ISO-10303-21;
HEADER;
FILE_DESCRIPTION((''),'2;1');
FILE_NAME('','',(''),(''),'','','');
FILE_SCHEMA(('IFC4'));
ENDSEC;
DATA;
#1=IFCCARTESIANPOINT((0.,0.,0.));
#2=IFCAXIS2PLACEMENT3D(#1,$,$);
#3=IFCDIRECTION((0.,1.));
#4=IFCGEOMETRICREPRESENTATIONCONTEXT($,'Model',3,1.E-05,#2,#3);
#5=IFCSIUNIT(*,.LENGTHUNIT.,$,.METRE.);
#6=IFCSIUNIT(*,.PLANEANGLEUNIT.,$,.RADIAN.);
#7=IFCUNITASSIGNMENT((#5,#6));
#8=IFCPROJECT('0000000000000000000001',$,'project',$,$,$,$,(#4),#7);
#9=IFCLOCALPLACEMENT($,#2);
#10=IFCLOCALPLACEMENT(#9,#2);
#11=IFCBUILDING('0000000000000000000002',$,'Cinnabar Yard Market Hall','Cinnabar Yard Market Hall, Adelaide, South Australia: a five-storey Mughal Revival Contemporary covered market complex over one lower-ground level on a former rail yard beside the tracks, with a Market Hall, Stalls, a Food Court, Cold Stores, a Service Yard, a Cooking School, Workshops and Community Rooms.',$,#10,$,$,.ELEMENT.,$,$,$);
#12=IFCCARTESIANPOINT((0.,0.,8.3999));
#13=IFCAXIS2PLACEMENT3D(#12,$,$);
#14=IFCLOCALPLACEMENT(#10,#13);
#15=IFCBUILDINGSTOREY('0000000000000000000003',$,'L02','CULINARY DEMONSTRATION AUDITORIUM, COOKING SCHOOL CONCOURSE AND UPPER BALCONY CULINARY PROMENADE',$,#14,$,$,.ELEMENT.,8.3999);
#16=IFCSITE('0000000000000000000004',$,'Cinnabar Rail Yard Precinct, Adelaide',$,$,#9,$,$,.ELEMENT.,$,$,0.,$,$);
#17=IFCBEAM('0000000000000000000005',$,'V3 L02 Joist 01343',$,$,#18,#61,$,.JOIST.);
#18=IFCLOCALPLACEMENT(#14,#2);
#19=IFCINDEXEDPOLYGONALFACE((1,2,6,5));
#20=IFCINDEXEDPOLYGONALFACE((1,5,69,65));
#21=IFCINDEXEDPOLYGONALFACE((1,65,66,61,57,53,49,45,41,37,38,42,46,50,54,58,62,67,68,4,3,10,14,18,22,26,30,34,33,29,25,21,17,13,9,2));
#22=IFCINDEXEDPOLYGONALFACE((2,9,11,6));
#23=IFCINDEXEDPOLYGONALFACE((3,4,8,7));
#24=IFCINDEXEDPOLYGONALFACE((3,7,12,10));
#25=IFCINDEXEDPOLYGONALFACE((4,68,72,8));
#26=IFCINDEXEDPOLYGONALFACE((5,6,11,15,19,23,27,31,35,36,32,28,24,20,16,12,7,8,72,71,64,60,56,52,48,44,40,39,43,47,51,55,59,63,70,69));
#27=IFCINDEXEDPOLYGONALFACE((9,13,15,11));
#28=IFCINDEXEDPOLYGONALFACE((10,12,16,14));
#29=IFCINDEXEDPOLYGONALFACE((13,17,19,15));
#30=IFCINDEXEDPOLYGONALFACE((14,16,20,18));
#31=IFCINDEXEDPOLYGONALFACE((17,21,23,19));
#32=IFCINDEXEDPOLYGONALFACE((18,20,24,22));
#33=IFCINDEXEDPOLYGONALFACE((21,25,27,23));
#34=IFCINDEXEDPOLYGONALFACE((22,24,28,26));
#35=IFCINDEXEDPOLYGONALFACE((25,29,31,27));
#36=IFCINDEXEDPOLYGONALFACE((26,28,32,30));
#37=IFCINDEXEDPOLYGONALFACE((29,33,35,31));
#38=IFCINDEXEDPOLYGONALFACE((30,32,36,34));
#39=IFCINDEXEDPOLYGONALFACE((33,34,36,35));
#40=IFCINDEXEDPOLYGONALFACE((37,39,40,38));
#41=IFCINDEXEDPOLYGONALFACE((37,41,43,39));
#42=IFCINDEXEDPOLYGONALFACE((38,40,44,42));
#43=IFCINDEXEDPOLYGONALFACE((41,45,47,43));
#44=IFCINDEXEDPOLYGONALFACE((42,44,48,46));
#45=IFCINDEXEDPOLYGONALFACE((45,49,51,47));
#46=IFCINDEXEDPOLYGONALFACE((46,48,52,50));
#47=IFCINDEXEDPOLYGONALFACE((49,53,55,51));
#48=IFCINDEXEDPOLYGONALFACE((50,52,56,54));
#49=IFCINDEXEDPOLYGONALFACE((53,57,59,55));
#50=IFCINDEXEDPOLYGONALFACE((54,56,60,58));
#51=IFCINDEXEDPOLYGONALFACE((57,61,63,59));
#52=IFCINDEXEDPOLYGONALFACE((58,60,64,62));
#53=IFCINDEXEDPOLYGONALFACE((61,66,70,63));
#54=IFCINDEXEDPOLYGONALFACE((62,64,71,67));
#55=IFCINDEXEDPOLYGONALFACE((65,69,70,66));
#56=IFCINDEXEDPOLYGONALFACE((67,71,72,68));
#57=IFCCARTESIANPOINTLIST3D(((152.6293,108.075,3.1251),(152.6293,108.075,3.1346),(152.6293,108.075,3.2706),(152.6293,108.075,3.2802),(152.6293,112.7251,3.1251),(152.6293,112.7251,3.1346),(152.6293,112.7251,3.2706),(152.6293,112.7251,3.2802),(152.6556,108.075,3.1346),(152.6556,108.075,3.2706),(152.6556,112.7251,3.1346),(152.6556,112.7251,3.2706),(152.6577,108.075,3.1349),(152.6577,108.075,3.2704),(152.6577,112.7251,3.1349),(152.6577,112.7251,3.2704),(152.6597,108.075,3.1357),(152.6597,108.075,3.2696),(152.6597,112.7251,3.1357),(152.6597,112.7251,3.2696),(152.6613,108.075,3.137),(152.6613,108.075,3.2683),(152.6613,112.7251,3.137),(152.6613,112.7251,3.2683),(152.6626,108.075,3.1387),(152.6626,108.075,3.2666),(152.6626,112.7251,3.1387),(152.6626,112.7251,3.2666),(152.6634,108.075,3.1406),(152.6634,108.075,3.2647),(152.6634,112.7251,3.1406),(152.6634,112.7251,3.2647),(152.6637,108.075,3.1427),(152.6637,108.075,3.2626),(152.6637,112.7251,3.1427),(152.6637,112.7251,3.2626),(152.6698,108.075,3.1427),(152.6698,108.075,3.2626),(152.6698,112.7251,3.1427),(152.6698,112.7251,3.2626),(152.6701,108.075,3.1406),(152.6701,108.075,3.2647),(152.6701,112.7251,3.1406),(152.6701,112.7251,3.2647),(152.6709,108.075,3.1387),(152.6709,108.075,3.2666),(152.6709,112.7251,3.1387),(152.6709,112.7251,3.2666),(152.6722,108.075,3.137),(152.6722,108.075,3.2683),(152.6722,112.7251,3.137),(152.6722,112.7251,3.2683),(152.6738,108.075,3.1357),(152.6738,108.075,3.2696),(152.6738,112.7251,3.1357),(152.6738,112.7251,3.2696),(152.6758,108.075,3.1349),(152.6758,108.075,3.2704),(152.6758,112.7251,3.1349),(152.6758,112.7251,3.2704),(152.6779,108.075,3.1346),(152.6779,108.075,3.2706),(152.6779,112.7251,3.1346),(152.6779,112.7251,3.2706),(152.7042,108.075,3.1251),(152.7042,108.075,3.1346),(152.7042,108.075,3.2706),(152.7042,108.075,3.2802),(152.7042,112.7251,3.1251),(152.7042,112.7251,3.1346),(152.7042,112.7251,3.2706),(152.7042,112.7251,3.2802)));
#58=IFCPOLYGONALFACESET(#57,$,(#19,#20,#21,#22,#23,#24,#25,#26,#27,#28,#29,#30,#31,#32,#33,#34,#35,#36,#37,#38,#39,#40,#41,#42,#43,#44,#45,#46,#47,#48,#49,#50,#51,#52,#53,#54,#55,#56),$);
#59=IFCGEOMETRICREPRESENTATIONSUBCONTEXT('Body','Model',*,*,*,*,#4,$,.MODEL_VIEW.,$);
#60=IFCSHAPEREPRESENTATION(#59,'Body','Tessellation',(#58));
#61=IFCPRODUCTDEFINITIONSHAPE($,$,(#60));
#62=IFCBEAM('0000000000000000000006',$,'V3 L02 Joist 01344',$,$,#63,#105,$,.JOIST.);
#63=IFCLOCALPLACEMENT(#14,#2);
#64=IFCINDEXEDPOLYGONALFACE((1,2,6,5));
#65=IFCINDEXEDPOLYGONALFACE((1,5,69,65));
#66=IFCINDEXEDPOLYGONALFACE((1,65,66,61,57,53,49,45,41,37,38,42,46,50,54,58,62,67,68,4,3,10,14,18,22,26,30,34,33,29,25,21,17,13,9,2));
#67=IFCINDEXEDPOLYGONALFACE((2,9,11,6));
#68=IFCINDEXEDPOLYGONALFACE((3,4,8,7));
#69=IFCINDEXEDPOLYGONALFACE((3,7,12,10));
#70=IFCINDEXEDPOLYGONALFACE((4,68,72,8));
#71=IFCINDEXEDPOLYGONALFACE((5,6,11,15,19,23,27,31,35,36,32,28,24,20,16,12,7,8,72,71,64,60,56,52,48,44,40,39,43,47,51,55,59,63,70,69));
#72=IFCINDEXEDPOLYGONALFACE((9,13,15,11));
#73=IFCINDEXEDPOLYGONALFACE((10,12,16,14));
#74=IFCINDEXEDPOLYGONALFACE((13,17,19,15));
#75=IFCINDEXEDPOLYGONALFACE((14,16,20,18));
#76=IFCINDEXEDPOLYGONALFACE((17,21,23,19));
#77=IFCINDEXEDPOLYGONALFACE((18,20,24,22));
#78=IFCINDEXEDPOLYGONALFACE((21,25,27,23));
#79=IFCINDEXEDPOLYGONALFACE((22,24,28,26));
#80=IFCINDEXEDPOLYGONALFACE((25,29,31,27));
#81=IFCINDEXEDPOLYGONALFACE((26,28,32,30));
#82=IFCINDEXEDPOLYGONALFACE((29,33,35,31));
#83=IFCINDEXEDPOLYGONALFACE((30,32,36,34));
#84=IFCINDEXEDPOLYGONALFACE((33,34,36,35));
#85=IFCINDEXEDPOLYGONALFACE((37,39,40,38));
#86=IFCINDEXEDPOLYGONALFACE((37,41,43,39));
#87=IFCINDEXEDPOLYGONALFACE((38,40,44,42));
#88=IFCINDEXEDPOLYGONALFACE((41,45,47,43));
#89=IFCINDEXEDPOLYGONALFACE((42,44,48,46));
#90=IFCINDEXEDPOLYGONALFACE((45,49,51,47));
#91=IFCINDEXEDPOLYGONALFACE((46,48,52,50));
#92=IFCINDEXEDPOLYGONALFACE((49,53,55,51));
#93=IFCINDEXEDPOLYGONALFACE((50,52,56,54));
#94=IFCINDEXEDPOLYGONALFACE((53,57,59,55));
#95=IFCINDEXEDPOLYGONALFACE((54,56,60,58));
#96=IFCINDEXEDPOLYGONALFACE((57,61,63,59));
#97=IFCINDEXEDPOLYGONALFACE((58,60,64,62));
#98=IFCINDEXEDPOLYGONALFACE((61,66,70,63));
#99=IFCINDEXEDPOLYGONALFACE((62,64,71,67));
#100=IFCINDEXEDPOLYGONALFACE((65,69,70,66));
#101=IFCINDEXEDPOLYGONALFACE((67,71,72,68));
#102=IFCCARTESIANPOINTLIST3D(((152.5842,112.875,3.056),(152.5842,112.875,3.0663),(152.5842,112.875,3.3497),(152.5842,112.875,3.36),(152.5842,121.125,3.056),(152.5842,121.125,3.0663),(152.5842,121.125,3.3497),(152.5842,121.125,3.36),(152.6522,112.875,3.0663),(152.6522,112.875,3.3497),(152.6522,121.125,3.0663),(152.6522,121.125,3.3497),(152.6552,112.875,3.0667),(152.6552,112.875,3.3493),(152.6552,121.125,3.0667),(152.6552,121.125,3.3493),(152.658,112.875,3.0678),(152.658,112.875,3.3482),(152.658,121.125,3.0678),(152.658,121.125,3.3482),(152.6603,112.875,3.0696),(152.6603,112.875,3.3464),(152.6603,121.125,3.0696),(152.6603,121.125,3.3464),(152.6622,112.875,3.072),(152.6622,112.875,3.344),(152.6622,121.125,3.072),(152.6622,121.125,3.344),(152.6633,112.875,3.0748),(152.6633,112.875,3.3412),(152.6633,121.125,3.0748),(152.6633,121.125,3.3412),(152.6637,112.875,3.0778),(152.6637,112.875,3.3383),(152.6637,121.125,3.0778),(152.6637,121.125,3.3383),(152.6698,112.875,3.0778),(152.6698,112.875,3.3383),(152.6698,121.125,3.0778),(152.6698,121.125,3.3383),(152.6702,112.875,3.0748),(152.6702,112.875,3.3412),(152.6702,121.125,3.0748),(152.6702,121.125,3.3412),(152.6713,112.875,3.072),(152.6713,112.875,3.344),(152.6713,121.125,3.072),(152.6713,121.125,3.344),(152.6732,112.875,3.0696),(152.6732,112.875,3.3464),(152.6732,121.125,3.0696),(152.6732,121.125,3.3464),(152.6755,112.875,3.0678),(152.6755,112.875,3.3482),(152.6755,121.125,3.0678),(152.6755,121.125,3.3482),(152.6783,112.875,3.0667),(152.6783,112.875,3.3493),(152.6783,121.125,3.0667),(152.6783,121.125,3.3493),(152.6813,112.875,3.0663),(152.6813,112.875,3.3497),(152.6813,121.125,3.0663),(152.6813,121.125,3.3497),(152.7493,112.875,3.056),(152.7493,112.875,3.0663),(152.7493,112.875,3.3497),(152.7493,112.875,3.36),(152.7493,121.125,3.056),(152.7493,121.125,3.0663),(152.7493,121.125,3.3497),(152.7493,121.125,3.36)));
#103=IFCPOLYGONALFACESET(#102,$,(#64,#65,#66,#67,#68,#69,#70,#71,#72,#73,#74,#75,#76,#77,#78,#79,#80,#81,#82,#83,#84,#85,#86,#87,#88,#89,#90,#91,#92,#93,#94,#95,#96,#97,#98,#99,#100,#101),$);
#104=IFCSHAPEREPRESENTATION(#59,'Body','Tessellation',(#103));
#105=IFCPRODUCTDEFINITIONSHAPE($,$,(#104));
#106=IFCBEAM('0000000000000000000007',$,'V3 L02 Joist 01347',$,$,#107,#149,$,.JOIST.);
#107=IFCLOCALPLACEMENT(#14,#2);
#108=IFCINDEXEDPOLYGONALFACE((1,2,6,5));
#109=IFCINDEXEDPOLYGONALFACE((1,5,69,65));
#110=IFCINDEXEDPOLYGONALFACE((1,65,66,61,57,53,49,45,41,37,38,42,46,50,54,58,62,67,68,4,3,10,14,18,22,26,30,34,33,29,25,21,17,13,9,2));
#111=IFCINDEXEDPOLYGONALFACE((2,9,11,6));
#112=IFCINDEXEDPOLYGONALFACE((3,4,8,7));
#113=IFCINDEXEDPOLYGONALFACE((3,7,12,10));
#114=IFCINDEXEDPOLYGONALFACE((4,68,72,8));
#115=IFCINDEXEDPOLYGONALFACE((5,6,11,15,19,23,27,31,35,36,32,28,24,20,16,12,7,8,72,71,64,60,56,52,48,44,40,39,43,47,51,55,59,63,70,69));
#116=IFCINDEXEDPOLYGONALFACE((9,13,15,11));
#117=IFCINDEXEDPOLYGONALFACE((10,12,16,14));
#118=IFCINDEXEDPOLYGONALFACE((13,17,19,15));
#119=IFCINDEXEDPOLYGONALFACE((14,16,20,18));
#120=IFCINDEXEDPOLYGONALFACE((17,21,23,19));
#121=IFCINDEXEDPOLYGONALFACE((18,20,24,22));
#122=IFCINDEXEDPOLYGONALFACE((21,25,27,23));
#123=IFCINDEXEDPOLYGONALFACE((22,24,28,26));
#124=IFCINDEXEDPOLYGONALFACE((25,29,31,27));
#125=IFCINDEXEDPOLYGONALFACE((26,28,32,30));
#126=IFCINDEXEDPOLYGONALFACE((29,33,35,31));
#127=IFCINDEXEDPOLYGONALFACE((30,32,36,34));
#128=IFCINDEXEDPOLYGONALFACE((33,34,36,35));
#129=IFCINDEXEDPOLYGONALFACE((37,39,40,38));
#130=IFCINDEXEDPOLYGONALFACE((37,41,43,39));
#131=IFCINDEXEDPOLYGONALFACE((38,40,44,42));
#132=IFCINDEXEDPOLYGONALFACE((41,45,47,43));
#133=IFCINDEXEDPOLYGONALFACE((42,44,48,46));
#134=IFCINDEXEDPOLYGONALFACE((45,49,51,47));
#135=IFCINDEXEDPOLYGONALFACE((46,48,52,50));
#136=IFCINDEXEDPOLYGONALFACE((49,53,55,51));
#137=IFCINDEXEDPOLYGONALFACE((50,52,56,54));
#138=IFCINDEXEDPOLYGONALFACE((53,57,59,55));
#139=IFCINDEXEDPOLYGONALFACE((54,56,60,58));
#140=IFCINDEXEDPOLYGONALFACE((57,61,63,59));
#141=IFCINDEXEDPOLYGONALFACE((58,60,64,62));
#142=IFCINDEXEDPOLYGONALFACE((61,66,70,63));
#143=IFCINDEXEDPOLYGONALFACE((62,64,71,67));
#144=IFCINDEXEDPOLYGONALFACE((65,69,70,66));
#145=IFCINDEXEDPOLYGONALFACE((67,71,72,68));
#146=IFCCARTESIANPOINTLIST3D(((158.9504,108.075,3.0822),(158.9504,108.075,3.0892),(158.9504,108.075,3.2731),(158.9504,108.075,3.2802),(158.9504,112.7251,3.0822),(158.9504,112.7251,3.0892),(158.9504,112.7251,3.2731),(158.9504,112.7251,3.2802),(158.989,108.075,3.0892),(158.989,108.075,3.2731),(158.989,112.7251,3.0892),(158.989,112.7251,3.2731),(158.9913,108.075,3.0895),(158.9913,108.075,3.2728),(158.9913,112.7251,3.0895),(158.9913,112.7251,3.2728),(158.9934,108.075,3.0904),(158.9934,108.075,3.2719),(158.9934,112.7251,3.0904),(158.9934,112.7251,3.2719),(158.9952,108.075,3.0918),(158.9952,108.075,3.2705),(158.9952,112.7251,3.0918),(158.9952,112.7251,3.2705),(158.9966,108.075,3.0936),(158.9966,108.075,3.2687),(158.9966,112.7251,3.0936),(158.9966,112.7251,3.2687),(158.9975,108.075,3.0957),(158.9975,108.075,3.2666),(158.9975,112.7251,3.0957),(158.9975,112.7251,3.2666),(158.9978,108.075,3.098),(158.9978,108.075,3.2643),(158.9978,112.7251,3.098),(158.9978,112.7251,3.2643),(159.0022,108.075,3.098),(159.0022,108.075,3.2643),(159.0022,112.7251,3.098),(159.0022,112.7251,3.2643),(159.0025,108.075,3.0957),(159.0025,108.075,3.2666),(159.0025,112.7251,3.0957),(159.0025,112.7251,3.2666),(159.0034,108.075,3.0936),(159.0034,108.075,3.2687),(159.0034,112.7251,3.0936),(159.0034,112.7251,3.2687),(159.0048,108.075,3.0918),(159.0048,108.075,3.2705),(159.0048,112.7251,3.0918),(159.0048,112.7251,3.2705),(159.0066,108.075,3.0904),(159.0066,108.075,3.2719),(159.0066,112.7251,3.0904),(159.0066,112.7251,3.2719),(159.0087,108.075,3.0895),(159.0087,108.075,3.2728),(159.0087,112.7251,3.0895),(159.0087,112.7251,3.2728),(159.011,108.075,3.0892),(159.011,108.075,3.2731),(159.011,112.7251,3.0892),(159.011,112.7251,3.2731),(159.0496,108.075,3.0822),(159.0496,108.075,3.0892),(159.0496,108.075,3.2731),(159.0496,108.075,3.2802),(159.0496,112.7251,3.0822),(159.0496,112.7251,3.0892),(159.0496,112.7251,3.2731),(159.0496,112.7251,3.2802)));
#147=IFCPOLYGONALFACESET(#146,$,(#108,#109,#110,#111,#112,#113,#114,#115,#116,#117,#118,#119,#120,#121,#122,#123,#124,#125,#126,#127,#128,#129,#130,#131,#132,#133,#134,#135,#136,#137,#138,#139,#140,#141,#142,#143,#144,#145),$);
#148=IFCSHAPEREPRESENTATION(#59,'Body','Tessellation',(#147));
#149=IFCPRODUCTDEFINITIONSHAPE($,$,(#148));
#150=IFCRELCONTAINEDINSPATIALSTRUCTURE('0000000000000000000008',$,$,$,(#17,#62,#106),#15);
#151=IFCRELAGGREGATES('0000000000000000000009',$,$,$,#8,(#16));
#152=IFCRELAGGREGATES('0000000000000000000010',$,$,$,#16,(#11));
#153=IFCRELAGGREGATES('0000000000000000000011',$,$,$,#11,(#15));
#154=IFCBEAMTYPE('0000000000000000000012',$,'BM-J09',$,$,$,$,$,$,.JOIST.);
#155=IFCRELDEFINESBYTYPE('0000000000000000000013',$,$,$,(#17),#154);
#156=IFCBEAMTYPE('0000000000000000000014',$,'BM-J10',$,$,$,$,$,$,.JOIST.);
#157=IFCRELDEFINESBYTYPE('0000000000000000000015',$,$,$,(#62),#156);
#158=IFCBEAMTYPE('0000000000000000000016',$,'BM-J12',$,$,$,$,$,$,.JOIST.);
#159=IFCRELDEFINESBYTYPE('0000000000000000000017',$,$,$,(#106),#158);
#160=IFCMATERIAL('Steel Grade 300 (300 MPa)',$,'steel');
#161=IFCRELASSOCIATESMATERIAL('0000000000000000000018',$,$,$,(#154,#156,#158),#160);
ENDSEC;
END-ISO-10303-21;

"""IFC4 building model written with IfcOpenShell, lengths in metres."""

from ifc_helpers import new_model, si_unit, direction, frame, origin, origin_2d_with_axis, place, context, subcontext, project, spatial, i_section, extrude, material, material_profile, profile_set, type_object, element, save


model = new_model("IFC4")

# Units and contexts
model_context = context("Model", 3, precision=1e-05, world=origin(), true_north=direction((0.0, 1.0)))
body_context = subcontext(model_context, "Body", "Model", "MODEL_VIEW")
ifc_project = project(units=[si_unit("LENGTHUNIT", "METRE"), si_unit("PLANEANGLEUNIT", "RADIAN")], contexts=[model_context])

# Site, building, storey
site_placement = place(None, origin())
site = spatial("IfcSite", under=ifc_project, at=site_placement, Name="Cinnabar Rail Yard Precinct, Adelaide", CompositionType="ELEMENT", RefElevation=0.0)
building_placement = place(site_placement, origin())
building = spatial("IfcBuilding", under=site, at=building_placement, Name="Cinnabar Yard Market Hall", Description="Cinnabar Yard Market Hall, Adelaide, South Australia: a five-storey Mughal Revival Contemporary covered market complex over one lower-ground level on a former rail yard beside the tracks, with a Market Hall, Stalls, a Food Court, Cold Stores, a Service Yard, a Cooking School, Workshops and Community Rooms.", CompositionType="ELEMENT")
storey_placement = place(building_placement, frame((0.0, 0.0, 8.3999)))
storey = spatial("IfcBuildingStorey", under=building, at=storey_placement, Name="L02", Description="CULINARY DEMONSTRATION AUDITORIUM, COOKING SCHOOL CONCOURSE AND UPPER BALCONY CULINARY PROMENADE", CompositionType="ELEMENT", Elevation=8.3999)

# Shared definitions
ifc_material_1 = material(Name="Steel Grade 300 (300 MPa)", Category="steel")

# Beams
ifc_material_profile_1 = material_profile(ifc_material_1, i_section(OverallWidth=0.075, OverallDepth=0.155, WebThickness=0.0061, FlangeThickness=0.0095, FilletRadius=0.0081, at=origin_2d_with_axis()), Name="150UB18.0")
ifc_profile_set_1 = profile_set([ifc_material_profile_1], Name="Steel Grade 300 (300 MPa)")
beam_type_1 = type_object("IfcBeamType", Name="BM-J09", PredefinedType="JOIST", material=ifc_profile_set_1)
beam_1_placement = place(storey_placement, frame((152.6667, 108.075, 3.2026), z_axis=(0.0, 1.0, 0.0), x_axis=(-1.0, 0.0, 0.0)))
element("IfcBeam", 1, at=beam_1_placement, inside=storey, type_object=beam_type_1, Name="V3 L02 Joist 01343", PredefinedType="JOIST", context=body_context, shape_type="SweptSolid", body=[
    extrude(i_section(OverallWidth=0.075, OverallDepth=0.155, WebThickness=0.0061, FlangeThickness=0.0095, FilletRadius=0.0081, at=origin_2d_with_axis()), origin(), (0.0, 0.0, 1.0), 4.6501),
])
ifc_material_profile_2 = material_profile(ifc_material_1, i_section(OverallWidth=0.165, OverallDepth=0.304, WebThickness=0.0061, FlangeThickness=0.0103, FilletRadius=0.0115, at=origin_2d_with_axis()), Name="310UB40.4")
ifc_profile_set_2 = profile_set([ifc_material_profile_2], Name="Steel Grade 300 (300 MPa)")
beam_type_2 = type_object("IfcBeamType", Name="BM-J10", PredefinedType="JOIST", material=ifc_profile_set_2)
beam_2_placement = place(storey_placement, frame((152.6667, 112.875, 3.208), z_axis=(0.0, 1.0, 0.0), x_axis=(-1.0, 0.0, 0.0)))
element("IfcBeam", 2, at=beam_2_placement, inside=storey, type_object=beam_type_2, Name="V3 L02 Joist 01344", PredefinedType="JOIST", context=body_context, shape_type="SweptSolid", body=[
    extrude(i_section(OverallWidth=0.165, OverallDepth=0.304, WebThickness=0.0061, FlangeThickness=0.0103, FilletRadius=0.0115, at=origin_2d_with_axis()), origin(), (0.0, 0.0, 1.0), 8.25),
])
ifc_material_profile_3 = material_profile(ifc_material_1, i_section(OverallWidth=0.0991, OverallDepth=0.198, WebThickness=0.0044, FlangeThickness=0.0071, FilletRadius=0.0088, at=origin_2d_with_axis()), Name="200UB18.2")
ifc_profile_set_3 = profile_set([ifc_material_profile_3], Name="Steel Grade 300 (300 MPa)")
beam_type_3 = type_object("IfcBeamType", Name="BM-J12", PredefinedType="JOIST", material=ifc_profile_set_3)
beam_3_placement = place(storey_placement, frame((159.0, 108.075, 3.1812), z_axis=(0.0, 1.0, 0.0), x_axis=(-1.0, 0.0, 0.0)))
element("IfcBeam", 3, at=beam_3_placement, inside=storey, type_object=beam_type_3, Name="V3 L02 Joist 01347", PredefinedType="JOIST", context=body_context, shape_type="SweptSolid", body=[
    extrude(i_section(OverallWidth=0.0991, OverallDepth=0.198, WebThickness=0.0044, FlangeThickness=0.0071, FilletRadius=0.0088, at=origin_2d_with_axis()), origin(), (0.0, 0.0, 1.0), 4.6501),
])

save(model, "model.ifc")
